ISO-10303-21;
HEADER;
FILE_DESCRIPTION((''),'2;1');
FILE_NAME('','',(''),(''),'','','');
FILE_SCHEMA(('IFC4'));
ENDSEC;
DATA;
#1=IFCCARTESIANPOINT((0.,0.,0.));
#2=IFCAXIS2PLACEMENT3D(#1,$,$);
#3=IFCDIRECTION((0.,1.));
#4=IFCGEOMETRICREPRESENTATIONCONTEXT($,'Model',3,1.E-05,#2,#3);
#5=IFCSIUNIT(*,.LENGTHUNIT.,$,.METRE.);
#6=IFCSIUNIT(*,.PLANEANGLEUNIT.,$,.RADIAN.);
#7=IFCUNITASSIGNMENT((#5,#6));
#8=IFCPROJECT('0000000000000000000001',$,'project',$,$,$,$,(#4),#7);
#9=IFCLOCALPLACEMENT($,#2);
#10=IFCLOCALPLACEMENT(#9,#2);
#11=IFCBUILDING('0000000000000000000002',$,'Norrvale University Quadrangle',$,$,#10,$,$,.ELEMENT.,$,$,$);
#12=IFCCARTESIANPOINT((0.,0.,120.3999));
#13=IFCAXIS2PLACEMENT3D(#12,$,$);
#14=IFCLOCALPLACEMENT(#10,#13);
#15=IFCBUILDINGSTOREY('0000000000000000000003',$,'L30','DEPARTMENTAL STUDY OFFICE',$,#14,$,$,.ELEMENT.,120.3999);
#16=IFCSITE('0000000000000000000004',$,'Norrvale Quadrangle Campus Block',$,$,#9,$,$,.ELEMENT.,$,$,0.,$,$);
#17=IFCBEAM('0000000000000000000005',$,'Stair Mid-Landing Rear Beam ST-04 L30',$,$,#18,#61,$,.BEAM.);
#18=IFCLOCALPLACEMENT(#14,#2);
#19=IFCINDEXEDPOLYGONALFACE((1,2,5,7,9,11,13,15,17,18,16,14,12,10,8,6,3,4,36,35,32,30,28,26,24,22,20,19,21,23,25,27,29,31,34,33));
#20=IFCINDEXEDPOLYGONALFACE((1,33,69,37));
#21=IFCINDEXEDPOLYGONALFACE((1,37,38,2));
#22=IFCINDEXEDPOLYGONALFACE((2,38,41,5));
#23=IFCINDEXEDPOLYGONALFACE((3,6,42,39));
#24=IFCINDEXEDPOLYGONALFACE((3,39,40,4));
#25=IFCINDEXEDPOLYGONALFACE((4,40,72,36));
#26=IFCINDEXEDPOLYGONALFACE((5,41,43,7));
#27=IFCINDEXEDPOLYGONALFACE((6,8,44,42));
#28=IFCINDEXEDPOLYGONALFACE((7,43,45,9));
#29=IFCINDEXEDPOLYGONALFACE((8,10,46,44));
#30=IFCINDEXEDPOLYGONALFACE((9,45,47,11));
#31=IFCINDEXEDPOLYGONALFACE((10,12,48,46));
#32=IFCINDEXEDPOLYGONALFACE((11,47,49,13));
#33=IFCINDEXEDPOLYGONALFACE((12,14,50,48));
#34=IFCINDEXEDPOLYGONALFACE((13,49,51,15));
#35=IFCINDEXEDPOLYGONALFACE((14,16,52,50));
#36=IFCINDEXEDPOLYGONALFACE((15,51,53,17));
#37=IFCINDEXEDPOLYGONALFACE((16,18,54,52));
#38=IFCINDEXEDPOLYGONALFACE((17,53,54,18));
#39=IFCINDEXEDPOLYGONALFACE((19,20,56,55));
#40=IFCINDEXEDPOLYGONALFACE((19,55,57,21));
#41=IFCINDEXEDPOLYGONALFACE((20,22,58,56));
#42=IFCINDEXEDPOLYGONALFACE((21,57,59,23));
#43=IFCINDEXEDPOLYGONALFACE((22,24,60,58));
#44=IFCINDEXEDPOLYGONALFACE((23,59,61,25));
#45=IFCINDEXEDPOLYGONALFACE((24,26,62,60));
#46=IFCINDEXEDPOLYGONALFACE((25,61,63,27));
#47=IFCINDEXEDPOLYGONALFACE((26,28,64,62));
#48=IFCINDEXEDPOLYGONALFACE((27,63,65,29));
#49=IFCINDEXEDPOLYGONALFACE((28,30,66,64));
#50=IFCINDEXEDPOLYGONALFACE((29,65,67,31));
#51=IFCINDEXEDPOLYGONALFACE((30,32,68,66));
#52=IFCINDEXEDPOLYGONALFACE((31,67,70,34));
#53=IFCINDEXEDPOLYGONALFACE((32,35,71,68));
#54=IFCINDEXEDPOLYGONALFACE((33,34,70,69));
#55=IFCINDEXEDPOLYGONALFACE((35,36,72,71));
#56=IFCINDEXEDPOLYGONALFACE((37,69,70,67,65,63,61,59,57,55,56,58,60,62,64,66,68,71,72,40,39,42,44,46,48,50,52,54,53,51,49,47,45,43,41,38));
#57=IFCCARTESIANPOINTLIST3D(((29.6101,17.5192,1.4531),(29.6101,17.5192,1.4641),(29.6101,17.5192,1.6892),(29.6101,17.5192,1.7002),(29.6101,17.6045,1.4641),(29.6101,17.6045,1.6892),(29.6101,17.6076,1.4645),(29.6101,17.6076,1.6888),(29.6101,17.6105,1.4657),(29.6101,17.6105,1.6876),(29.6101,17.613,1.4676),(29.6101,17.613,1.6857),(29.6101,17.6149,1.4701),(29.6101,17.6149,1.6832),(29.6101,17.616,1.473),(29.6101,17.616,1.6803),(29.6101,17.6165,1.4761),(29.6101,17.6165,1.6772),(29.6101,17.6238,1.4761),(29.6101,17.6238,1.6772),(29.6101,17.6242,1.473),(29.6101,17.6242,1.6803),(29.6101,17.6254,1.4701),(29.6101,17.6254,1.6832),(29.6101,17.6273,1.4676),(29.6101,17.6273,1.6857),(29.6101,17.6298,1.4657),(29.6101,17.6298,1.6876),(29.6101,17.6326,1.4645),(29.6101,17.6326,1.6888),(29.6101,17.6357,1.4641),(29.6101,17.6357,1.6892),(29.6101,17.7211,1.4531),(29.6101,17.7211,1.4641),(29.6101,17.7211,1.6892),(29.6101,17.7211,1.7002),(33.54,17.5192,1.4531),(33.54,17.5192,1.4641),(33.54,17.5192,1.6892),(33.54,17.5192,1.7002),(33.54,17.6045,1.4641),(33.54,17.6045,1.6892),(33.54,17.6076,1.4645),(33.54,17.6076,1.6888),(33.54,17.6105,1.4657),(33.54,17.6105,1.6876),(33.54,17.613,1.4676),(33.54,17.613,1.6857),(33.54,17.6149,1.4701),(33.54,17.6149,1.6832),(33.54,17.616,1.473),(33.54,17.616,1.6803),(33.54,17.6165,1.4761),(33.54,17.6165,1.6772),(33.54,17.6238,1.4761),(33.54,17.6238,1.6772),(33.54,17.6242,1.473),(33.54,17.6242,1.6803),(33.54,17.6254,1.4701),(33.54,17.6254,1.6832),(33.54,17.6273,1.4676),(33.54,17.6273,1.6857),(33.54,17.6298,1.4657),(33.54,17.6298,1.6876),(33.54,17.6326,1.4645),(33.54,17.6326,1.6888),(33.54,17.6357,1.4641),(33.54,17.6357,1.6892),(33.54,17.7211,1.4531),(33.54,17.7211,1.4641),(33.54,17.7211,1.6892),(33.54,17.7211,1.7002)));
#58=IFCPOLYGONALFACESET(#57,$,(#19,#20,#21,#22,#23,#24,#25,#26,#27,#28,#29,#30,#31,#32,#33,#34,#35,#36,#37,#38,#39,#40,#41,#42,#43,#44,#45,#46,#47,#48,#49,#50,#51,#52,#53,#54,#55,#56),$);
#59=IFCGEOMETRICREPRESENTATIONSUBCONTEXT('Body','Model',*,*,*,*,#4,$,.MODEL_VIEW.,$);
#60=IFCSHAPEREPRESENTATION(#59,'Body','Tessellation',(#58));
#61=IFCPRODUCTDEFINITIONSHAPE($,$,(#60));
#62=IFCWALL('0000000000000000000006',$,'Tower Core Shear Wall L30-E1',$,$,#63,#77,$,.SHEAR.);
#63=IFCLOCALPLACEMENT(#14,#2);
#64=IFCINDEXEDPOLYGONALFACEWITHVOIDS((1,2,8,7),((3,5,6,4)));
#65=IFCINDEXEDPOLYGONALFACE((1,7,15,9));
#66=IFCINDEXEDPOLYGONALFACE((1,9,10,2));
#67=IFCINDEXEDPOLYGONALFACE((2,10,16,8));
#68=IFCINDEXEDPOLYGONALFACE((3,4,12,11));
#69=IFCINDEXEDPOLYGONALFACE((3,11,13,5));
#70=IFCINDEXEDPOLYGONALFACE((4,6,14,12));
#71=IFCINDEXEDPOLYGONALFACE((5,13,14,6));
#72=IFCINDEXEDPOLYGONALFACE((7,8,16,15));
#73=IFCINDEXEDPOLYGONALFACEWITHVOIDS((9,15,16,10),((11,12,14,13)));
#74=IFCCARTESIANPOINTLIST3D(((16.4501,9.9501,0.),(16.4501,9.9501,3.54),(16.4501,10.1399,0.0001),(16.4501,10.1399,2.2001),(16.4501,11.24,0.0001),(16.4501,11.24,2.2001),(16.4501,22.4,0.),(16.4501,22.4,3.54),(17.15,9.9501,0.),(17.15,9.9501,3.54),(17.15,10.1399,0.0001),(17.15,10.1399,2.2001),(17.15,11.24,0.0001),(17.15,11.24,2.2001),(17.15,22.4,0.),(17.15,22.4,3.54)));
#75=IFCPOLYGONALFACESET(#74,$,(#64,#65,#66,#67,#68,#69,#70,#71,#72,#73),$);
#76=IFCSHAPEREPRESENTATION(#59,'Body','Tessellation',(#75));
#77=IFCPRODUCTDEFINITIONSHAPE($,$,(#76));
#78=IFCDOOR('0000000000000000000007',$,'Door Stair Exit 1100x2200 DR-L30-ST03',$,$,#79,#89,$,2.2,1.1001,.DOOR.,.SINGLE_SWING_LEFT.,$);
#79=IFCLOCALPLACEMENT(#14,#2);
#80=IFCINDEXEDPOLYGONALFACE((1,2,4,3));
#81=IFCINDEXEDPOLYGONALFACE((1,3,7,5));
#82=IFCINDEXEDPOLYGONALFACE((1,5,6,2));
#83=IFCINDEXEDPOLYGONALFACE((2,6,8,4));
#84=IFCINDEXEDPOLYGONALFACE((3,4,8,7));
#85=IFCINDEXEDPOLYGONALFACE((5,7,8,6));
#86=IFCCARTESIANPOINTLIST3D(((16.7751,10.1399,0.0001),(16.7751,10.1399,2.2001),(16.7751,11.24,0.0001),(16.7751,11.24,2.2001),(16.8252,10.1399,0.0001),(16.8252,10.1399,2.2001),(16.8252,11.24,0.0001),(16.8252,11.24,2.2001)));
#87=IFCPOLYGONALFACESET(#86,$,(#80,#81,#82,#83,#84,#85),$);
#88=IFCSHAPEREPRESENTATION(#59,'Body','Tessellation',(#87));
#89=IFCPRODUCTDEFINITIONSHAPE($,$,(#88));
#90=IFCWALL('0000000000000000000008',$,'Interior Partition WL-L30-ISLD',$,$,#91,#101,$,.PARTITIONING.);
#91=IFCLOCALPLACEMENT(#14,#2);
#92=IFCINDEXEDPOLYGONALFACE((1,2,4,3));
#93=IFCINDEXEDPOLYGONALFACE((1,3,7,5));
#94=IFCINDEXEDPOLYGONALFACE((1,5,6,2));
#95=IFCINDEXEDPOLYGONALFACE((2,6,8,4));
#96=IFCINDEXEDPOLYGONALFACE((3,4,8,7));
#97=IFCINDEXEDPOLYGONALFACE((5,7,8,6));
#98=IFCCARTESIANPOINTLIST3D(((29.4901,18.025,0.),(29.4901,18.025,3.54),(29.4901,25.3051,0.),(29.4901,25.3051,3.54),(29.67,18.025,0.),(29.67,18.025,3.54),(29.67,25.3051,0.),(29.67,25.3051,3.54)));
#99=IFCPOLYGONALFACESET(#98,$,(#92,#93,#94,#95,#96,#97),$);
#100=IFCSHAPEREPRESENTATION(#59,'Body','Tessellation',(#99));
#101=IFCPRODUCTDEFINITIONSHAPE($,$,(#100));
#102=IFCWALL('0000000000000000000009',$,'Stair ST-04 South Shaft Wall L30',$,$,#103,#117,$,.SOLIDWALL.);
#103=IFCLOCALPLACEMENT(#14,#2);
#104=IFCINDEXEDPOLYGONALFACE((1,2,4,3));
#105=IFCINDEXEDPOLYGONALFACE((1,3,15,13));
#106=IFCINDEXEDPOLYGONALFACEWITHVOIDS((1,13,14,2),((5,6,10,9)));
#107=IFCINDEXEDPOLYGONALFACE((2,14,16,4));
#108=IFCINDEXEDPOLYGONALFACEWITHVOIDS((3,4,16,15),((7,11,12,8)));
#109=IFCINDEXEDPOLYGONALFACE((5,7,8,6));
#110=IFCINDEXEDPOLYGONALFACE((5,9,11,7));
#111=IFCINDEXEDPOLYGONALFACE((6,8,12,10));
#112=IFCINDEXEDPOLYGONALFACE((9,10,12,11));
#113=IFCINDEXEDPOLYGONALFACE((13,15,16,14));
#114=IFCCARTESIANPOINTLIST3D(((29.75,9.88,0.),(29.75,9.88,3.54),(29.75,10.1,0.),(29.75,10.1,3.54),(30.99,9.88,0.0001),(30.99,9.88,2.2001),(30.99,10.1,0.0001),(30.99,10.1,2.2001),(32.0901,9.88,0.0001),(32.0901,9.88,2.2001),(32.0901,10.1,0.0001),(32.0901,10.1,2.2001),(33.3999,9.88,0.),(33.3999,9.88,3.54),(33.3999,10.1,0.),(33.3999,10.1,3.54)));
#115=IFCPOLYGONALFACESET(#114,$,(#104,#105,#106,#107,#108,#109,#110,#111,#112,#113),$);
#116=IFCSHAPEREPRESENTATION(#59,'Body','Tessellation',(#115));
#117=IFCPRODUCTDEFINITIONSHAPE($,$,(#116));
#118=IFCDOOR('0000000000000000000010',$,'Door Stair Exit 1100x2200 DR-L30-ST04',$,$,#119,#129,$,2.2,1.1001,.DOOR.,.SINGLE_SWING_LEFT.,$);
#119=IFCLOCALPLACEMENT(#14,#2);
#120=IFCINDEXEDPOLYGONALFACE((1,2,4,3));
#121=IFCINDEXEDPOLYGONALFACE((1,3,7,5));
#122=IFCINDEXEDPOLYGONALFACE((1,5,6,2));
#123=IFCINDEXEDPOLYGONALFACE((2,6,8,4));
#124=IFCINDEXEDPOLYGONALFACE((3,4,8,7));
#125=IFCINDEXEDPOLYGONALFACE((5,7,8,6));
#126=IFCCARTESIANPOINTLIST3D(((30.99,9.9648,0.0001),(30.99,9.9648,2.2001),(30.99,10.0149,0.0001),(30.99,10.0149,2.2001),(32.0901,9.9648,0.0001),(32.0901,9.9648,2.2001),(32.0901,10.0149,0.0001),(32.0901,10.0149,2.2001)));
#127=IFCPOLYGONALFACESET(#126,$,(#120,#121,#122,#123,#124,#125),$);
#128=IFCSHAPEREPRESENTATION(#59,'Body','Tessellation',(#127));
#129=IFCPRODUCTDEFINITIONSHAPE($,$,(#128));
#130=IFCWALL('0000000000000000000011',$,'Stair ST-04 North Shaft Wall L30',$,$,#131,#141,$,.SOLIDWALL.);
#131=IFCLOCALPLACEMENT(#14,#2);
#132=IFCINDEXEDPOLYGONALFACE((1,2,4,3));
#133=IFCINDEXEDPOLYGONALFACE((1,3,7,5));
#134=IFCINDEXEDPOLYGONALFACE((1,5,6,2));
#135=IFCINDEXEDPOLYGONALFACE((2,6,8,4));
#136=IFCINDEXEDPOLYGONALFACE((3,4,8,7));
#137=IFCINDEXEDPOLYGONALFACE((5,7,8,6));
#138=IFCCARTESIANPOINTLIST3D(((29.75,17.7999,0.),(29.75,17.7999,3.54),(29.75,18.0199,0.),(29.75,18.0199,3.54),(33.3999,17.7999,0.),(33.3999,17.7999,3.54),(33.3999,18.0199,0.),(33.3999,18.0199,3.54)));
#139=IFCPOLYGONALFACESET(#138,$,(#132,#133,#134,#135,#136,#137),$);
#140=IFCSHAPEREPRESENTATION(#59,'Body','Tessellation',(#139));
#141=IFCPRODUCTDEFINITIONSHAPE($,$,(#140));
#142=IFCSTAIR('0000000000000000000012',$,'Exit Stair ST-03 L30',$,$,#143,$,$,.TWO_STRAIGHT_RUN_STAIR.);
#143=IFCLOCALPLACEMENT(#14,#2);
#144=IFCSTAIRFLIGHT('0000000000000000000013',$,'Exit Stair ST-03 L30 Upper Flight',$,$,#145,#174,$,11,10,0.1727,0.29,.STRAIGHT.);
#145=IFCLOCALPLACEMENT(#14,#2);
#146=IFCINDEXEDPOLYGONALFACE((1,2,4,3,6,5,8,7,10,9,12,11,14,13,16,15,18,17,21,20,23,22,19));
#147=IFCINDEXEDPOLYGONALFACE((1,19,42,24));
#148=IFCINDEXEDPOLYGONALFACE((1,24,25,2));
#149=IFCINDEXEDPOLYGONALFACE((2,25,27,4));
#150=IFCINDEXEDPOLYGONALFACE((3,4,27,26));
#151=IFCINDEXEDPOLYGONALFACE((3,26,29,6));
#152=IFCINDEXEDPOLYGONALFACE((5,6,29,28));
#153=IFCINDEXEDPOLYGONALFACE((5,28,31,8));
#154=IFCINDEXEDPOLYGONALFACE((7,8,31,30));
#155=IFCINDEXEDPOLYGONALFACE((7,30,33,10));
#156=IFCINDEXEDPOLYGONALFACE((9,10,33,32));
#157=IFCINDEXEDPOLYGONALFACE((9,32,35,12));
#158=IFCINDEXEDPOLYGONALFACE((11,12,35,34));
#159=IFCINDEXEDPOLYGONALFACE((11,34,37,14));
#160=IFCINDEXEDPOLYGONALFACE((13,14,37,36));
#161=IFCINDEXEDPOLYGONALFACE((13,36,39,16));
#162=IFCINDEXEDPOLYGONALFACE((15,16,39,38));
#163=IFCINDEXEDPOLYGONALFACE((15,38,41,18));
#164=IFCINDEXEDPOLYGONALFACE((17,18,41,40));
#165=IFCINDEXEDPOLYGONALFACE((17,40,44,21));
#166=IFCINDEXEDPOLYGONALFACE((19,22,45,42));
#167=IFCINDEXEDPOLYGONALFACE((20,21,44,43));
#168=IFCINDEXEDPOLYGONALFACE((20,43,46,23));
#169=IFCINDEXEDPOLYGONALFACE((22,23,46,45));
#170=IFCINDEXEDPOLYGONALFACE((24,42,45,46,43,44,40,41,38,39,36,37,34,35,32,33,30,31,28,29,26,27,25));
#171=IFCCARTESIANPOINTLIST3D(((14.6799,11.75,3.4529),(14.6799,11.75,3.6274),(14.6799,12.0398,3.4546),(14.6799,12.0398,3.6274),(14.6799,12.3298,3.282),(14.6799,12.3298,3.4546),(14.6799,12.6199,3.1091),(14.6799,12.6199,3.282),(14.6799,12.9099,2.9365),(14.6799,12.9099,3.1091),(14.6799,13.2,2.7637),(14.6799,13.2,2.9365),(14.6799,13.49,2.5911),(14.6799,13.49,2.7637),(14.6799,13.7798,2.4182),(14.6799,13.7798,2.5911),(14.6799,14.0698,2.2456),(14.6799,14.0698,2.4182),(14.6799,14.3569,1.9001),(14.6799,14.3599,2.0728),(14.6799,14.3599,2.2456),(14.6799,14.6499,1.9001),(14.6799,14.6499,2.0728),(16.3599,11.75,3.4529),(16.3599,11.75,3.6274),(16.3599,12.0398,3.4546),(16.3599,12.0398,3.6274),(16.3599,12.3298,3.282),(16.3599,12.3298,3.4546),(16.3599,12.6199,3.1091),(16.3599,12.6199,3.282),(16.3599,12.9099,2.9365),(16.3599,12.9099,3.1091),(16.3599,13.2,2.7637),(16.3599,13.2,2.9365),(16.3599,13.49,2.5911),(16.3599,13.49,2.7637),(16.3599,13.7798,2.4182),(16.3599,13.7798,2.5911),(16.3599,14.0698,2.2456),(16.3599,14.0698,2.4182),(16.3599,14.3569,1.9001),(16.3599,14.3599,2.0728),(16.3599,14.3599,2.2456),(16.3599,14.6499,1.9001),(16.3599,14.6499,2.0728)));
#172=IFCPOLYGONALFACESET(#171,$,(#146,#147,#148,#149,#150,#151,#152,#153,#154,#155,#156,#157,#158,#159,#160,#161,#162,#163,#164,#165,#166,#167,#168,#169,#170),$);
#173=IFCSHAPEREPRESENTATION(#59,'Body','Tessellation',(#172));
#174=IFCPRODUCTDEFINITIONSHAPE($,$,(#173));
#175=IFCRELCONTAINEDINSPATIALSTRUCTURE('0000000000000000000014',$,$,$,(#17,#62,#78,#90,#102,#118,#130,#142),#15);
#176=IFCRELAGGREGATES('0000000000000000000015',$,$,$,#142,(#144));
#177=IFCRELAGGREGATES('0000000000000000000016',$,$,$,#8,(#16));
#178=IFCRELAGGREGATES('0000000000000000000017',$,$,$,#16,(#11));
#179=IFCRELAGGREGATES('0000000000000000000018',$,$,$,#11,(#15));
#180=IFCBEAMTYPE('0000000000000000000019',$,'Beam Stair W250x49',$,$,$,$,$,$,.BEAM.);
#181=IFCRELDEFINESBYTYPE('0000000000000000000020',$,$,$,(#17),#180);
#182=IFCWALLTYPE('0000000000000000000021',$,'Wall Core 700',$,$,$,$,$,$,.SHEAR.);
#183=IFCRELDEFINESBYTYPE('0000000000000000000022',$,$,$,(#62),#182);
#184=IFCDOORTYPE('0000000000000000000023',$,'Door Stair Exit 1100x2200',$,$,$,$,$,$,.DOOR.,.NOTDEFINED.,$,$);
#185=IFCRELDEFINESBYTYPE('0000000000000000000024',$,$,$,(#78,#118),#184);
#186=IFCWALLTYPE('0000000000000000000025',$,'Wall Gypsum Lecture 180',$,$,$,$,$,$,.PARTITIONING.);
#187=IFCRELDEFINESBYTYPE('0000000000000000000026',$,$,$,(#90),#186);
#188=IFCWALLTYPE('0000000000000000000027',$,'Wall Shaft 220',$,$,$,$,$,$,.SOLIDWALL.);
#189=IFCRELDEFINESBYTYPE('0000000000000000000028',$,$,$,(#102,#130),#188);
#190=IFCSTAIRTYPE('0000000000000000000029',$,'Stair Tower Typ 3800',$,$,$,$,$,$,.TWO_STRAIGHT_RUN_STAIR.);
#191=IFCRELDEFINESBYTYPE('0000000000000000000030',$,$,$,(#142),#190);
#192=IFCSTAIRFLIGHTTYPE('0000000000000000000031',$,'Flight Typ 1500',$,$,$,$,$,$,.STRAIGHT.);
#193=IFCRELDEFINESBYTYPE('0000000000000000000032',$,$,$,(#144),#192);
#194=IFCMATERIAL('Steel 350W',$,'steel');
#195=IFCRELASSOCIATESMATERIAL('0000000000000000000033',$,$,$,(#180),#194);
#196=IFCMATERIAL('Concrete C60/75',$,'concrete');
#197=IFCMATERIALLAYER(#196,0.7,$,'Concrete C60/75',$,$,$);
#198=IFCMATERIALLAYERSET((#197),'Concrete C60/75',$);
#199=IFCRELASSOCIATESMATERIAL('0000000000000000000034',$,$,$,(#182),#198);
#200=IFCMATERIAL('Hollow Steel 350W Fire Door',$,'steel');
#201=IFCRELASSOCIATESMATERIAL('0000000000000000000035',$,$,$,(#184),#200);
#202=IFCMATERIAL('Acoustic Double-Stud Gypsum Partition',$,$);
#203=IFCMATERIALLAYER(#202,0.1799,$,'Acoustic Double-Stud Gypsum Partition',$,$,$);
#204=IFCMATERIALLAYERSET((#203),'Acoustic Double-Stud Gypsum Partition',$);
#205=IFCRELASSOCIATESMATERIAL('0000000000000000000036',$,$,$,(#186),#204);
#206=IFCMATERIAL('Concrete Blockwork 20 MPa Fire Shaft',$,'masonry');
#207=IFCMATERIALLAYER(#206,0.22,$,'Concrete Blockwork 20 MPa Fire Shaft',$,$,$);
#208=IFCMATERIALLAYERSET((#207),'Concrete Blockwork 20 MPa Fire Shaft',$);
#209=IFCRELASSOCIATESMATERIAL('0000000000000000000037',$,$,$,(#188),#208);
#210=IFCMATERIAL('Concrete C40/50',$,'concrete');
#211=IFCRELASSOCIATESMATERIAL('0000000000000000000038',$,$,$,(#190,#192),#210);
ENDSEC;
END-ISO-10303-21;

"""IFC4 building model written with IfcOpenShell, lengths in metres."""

from ifc_helpers import new_model, si_unit, direction, frame, frame_2d, origin, origin_2d, place, context, subcontext, project, spatial, polyline, rectangle, i_section, outline, extrude, material, layer, layer_set, material_profile, profile_set, type_object, element, fill, aggregate, save


model = new_model("IFC4")

# Units and contexts
model_context = context("Model", 3, precision=1e-05, world=origin(), true_north=direction((0.0, 1.0)))
body_context = subcontext(model_context, "Body", "Model", "MODEL_VIEW")
ifc_project = project(units=[si_unit("LENGTHUNIT", "METRE"), si_unit("PLANEANGLEUNIT", "RADIAN")], contexts=[model_context])

# Site, building, storey
site_placement = place(None, origin())
site = spatial("IfcSite", under=ifc_project, at=site_placement, Name="Norrvale Quadrangle Campus Block", CompositionType="ELEMENT", RefElevation=0.0)
building_placement = place(site_placement, origin())
building = spatial("IfcBuilding", under=site, at=building_placement, Name="Norrvale University Quadrangle", CompositionType="ELEMENT")
storey_placement = place(building_placement, frame((0.0, 0.0, 120.3999)))
storey = spatial("IfcBuildingStorey", under=building, at=storey_placement, Name="L30", Description="DEPARTMENTAL STUDY OFFICE", CompositionType="ELEMENT", Elevation=120.3999)

# Shared definitions
ifc_material_1 = material(Name="Concrete C60/75", Category="concrete")

# Beam
ifc_material_2 = material(Name="Steel 350W", Category="steel")
ifc_material_profile_1 = material_profile(ifc_material_2, i_section(OverallWidth=0.2019, OverallDepth=0.2471, WebThickness=0.0073, FlangeThickness=0.011, FilletRadius=0.012, at=origin_2d()), Name="Steel 350W")
ifc_profile_set_1 = profile_set([ifc_material_profile_1], Name="Steel 350W")
beam_type_1 = type_object("IfcBeamType", Name="Beam Stair W250x49", PredefinedType="BEAM", material=ifc_profile_set_1)
for number, where, z_axis, x_axis, name in (
    (1, (29.6101, 17.6201, 1.5767), (1.0, 0.0, 0.0), (0.0, 1.0, 0.0), "Stair Mid-Landing Rear Beam ST-04 L30"),
):
    element("IfcBeam", number, at=place(storey_placement, frame(where, z_axis=z_axis, x_axis=x_axis)), inside=storey, type_object=beam_type_1, Name=name, PredefinedType="BEAM", context=body_context, shape_type="SweptSolid", body=[
        extrude(i_section(OverallWidth=0.2019, OverallDepth=0.2471, WebThickness=0.0073, FlangeThickness=0.011, FilletRadius=0.012, at=origin_2d()), origin(), (0.0, 0.0, 1.0), 3.9299),
    ])

# Wall, opening, door
ifc_layer_1 = layer(ifc_material_1, 0.7, Name="Concrete C60/75")
ifc_layer_set_1 = layer_set([ifc_layer_1], Name="Concrete C60/75")
wall_type_1 = type_object("IfcWallType", Name="Wall Core 700", PredefinedType="SHEAR", material=ifc_layer_set_1)
wall_1_placement = place(storey_placement, frame((16.8, 9.95, 0.0), z_axis=(0.0, 0.0, 1.0), x_axis=(0.0, 1.0, 0.0)))
wall_1 = element("IfcWall", 2, at=wall_1_placement, inside=storey, type_object=wall_type_1, Name="Tower Core Shear Wall L30-E1", PredefinedType="SHEAR", context=body_context, shape_type="SweptSolid", body=[
    extrude(rectangle(XDim=12.45, YDim=0.7, at=frame_2d((6.2251, 0.0))), origin(), (0.0, 0.0, 1.0), 3.54),
])
opening_1_placement = place(wall_1_placement, frame((0.1899, 0.0, 0.0)))
opening_1 = element("IfcOpeningElement", 3, at=opening_1_placement, cuts=wall_1, PredefinedType="OPENING", context=body_context, shape_type="SweptSolid", body=[
    extrude(rectangle(XDim=1.1001, YDim=2.2, at=frame_2d((0.55, 1.1001))), frame((0.0, 0.3621, 0.0), z_axis=(0.0, -1.0, 0.0), x_axis=(1.0, 0.0, 0.0)), (0.0, 0.0, 1.0), 0.7239),
])
ifc_material_3 = material(Name="Hollow Steel 350W Fire Door", Category="steel")
door_type = type_object("IfcDoorType", Name="Door Stair Exit 1100x2200", OperationType="NOTDEFINED", PredefinedType="DOOR", material=ifc_material_3)
door_1_placement = place(opening_1_placement, origin())
door_1 = element("IfcDoor", 4, at=door_1_placement, inside=storey, type_object=door_type, Name="Door Stair Exit 1100x2200 DR-L30-ST03", OperationType="SINGLE_SWING_LEFT", OverallHeight=2.2, OverallWidth=1.1001, PredefinedType="DOOR", context=body_context, shape_type="SweptSolid", body=[
    extrude(rectangle(XDim=1.1001, YDim=2.2, at=frame_2d((0.55, 1.1001))), frame((0.0, 0.0249, 0.0), z_axis=(0.0, -1.0, 0.0), x_axis=(1.0, 0.0, 0.0)), (0.0, 0.0, 1.0), 0.05),
])
fill(opening_1, door_1)

# Wall
ifc_material_4 = material(Name="Acoustic Double-Stud Gypsum Partition")
ifc_layer_2 = layer(ifc_material_4, 0.1799, Name="Acoustic Double-Stud Gypsum Partition")
ifc_layer_set_2 = layer_set([ifc_layer_2], Name="Acoustic Double-Stud Gypsum Partition")
wall_type_2 = type_object("IfcWallType", Name="Wall Gypsum Lecture 180", PredefinedType="PARTITIONING", material=ifc_layer_set_2)
wall_2_placement = place(storey_placement, frame((29.5801, 18.0249, 0.0), z_axis=(0.0, 0.0, 1.0), x_axis=(0.0, 1.0, 0.0)))
element("IfcWall", 5, at=wall_2_placement, inside=storey, type_object=wall_type_2, Name="Interior Partition WL-L30-ISLD", PredefinedType="PARTITIONING", context=body_context, shape_type="SweptSolid", body=[
    extrude(rectangle(XDim=7.28, YDim=0.1799, at=frame_2d((3.6401, 0.0))), origin(), (0.0, 0.0, 1.0), 3.54),
])

# Wall, opening, door
ifc_material_5 = material(Name="Concrete Blockwork 20 MPa Fire Shaft", Category="masonry")
ifc_layer_3 = layer(ifc_material_5, 0.22, Name="Concrete Blockwork 20 MPa Fire Shaft")
ifc_layer_set_3 = layer_set([ifc_layer_3], Name="Concrete Blockwork 20 MPa Fire Shaft")
wall_type_3 = type_object("IfcWallType", Name="Wall Shaft 220", PredefinedType="SOLIDWALL", material=ifc_layer_set_3)
wall_3_placement = place(storey_placement, frame((29.75, 9.99, 0.0), z_axis=(0.0, 0.0, 1.0), x_axis=(1.0, 0.0, 0.0)))
wall_3 = element("IfcWall", 6, at=wall_3_placement, inside=storey, type_object=wall_type_3, Name="Stair ST-04 South Shaft Wall L30", PredefinedType="SOLIDWALL", context=body_context, shape_type="SweptSolid", body=[
    extrude(rectangle(XDim=3.6499, YDim=0.22, at=frame_2d((1.825, 0.0))), origin(), (0.0, 0.0, 1.0), 3.54),
])
opening_2_placement = place(wall_3_placement, frame((1.24, 0.0, 0.0)))
opening_2 = element("IfcOpeningElement", 7, at=opening_2_placement, cuts=wall_3, PredefinedType="OPENING", context=body_context, shape_type="SweptSolid", body=[
    extrude(rectangle(XDim=1.1001, YDim=2.2, at=frame_2d((0.55, 1.1001))), frame((0.0, 0.1221, 0.0), z_axis=(0.0, -1.0, 0.0), x_axis=(1.0, 0.0, 0.0)), (0.0, 0.0, 1.0), 0.2439),
])
door_2_placement = place(opening_2_placement, origin())
door_2 = element("IfcDoor", 8, at=door_2_placement, inside=storey, type_object=door_type, Name="Door Stair Exit 1100x2200 DR-L30-ST04", OperationType="SINGLE_SWING_LEFT", OverallHeight=2.2, OverallWidth=1.1001, PredefinedType="DOOR", context=body_context, shape_type="SweptSolid", body=[
    extrude(rectangle(XDim=1.1001, YDim=2.2, at=frame_2d((0.55, 1.1001))), frame((0.0, 0.0249, 0.0), z_axis=(0.0, -1.0, 0.0), x_axis=(1.0, 0.0, 0.0)), (0.0, 0.0, 1.0), 0.05),
])
fill(opening_2, door_2)

# Wall
wall_4_placement = place(storey_placement, frame((29.75, 17.9099, 0.0), z_axis=(0.0, 0.0, 1.0), x_axis=(1.0, 0.0, 0.0)))
element("IfcWall", 9, at=wall_4_placement, inside=storey, type_object=wall_type_3, Name="Stair ST-04 North Shaft Wall L30", PredefinedType="SOLIDWALL", context=body_context, shape_type="SweptSolid", body=[
    extrude(rectangle(XDim=3.6499, YDim=0.22, at=frame_2d((1.825, 0.0))), origin(), (0.0, 0.0, 1.0), 3.54),
])

# Stair, stair flight
ifc_material_6 = material(Name="Concrete C40/50", Category="concrete")
stair_type = type_object("IfcStairType", Name="Stair Tower Typ 3800", PredefinedType="TWO_STRAIGHT_RUN_STAIR", material=ifc_material_6)
stair_1_placement = place(storey_placement, origin())
stair_1 = element("IfcStair", 10, at=stair_1_placement, inside=storey, type_object=stair_type, Name="Exit Stair ST-03 L30", PredefinedType="TWO_STRAIGHT_RUN_STAIR")
stair_flight_type = type_object("IfcStairFlightType", Name="Flight Typ 1500", PredefinedType="STRAIGHT", material=ifc_material_6)
stair_flight_1_placement = place(storey_placement, frame((15.52, 14.6499, 1.9001), z_axis=(0.0, 0.0, 1.0), x_axis=(0.0, -1.0, 0.0)))
stair_flight_1 = element("IfcStairFlight", 11, at=stair_flight_1_placement, type_object=stair_flight_type, Name="Exit Stair ST-03 L30 Upper Flight", NumberOfRisers=11, NumberOfTreads=10, PredefinedType="STRAIGHT", RiserHeight=0.1727, TreadLength=0.29, context=body_context, shape_type="SweptSolid", body=[
    extrude(outline(polyline([(0.0, 0.0), (0.0, 0.1726), (0.29, 0.1726), (0.29, 0.3455), (0.5801, 0.3455), (0.5801, 0.5181), (0.8701, 0.5181), (0.8701, 0.6909), (1.1599, 0.6909), (1.1599, 0.8635), (1.45, 0.8635), (1.45, 1.0364), (1.74, 1.0364), (1.74, 1.209), (2.03, 1.209), (2.03, 1.3818), (2.3201, 1.3818), (2.3201, 1.5544), (2.6101, 1.5544), (2.6101, 1.7273), (2.8999, 1.7273), (2.8999, 1.8999), (2.8999, 1.5527), (0.293, 0.0), (0.0, 0.0)])), frame((0.0, 0.8398, 0.0), z_axis=(0.0, -1.0, 0.0), x_axis=(1.0, 0.0, 0.0)), (0.0, 0.0, 1.0), 1.6799),
])
aggregate(stair_1, [stair_flight_1])

save(model, "model.ifc")
